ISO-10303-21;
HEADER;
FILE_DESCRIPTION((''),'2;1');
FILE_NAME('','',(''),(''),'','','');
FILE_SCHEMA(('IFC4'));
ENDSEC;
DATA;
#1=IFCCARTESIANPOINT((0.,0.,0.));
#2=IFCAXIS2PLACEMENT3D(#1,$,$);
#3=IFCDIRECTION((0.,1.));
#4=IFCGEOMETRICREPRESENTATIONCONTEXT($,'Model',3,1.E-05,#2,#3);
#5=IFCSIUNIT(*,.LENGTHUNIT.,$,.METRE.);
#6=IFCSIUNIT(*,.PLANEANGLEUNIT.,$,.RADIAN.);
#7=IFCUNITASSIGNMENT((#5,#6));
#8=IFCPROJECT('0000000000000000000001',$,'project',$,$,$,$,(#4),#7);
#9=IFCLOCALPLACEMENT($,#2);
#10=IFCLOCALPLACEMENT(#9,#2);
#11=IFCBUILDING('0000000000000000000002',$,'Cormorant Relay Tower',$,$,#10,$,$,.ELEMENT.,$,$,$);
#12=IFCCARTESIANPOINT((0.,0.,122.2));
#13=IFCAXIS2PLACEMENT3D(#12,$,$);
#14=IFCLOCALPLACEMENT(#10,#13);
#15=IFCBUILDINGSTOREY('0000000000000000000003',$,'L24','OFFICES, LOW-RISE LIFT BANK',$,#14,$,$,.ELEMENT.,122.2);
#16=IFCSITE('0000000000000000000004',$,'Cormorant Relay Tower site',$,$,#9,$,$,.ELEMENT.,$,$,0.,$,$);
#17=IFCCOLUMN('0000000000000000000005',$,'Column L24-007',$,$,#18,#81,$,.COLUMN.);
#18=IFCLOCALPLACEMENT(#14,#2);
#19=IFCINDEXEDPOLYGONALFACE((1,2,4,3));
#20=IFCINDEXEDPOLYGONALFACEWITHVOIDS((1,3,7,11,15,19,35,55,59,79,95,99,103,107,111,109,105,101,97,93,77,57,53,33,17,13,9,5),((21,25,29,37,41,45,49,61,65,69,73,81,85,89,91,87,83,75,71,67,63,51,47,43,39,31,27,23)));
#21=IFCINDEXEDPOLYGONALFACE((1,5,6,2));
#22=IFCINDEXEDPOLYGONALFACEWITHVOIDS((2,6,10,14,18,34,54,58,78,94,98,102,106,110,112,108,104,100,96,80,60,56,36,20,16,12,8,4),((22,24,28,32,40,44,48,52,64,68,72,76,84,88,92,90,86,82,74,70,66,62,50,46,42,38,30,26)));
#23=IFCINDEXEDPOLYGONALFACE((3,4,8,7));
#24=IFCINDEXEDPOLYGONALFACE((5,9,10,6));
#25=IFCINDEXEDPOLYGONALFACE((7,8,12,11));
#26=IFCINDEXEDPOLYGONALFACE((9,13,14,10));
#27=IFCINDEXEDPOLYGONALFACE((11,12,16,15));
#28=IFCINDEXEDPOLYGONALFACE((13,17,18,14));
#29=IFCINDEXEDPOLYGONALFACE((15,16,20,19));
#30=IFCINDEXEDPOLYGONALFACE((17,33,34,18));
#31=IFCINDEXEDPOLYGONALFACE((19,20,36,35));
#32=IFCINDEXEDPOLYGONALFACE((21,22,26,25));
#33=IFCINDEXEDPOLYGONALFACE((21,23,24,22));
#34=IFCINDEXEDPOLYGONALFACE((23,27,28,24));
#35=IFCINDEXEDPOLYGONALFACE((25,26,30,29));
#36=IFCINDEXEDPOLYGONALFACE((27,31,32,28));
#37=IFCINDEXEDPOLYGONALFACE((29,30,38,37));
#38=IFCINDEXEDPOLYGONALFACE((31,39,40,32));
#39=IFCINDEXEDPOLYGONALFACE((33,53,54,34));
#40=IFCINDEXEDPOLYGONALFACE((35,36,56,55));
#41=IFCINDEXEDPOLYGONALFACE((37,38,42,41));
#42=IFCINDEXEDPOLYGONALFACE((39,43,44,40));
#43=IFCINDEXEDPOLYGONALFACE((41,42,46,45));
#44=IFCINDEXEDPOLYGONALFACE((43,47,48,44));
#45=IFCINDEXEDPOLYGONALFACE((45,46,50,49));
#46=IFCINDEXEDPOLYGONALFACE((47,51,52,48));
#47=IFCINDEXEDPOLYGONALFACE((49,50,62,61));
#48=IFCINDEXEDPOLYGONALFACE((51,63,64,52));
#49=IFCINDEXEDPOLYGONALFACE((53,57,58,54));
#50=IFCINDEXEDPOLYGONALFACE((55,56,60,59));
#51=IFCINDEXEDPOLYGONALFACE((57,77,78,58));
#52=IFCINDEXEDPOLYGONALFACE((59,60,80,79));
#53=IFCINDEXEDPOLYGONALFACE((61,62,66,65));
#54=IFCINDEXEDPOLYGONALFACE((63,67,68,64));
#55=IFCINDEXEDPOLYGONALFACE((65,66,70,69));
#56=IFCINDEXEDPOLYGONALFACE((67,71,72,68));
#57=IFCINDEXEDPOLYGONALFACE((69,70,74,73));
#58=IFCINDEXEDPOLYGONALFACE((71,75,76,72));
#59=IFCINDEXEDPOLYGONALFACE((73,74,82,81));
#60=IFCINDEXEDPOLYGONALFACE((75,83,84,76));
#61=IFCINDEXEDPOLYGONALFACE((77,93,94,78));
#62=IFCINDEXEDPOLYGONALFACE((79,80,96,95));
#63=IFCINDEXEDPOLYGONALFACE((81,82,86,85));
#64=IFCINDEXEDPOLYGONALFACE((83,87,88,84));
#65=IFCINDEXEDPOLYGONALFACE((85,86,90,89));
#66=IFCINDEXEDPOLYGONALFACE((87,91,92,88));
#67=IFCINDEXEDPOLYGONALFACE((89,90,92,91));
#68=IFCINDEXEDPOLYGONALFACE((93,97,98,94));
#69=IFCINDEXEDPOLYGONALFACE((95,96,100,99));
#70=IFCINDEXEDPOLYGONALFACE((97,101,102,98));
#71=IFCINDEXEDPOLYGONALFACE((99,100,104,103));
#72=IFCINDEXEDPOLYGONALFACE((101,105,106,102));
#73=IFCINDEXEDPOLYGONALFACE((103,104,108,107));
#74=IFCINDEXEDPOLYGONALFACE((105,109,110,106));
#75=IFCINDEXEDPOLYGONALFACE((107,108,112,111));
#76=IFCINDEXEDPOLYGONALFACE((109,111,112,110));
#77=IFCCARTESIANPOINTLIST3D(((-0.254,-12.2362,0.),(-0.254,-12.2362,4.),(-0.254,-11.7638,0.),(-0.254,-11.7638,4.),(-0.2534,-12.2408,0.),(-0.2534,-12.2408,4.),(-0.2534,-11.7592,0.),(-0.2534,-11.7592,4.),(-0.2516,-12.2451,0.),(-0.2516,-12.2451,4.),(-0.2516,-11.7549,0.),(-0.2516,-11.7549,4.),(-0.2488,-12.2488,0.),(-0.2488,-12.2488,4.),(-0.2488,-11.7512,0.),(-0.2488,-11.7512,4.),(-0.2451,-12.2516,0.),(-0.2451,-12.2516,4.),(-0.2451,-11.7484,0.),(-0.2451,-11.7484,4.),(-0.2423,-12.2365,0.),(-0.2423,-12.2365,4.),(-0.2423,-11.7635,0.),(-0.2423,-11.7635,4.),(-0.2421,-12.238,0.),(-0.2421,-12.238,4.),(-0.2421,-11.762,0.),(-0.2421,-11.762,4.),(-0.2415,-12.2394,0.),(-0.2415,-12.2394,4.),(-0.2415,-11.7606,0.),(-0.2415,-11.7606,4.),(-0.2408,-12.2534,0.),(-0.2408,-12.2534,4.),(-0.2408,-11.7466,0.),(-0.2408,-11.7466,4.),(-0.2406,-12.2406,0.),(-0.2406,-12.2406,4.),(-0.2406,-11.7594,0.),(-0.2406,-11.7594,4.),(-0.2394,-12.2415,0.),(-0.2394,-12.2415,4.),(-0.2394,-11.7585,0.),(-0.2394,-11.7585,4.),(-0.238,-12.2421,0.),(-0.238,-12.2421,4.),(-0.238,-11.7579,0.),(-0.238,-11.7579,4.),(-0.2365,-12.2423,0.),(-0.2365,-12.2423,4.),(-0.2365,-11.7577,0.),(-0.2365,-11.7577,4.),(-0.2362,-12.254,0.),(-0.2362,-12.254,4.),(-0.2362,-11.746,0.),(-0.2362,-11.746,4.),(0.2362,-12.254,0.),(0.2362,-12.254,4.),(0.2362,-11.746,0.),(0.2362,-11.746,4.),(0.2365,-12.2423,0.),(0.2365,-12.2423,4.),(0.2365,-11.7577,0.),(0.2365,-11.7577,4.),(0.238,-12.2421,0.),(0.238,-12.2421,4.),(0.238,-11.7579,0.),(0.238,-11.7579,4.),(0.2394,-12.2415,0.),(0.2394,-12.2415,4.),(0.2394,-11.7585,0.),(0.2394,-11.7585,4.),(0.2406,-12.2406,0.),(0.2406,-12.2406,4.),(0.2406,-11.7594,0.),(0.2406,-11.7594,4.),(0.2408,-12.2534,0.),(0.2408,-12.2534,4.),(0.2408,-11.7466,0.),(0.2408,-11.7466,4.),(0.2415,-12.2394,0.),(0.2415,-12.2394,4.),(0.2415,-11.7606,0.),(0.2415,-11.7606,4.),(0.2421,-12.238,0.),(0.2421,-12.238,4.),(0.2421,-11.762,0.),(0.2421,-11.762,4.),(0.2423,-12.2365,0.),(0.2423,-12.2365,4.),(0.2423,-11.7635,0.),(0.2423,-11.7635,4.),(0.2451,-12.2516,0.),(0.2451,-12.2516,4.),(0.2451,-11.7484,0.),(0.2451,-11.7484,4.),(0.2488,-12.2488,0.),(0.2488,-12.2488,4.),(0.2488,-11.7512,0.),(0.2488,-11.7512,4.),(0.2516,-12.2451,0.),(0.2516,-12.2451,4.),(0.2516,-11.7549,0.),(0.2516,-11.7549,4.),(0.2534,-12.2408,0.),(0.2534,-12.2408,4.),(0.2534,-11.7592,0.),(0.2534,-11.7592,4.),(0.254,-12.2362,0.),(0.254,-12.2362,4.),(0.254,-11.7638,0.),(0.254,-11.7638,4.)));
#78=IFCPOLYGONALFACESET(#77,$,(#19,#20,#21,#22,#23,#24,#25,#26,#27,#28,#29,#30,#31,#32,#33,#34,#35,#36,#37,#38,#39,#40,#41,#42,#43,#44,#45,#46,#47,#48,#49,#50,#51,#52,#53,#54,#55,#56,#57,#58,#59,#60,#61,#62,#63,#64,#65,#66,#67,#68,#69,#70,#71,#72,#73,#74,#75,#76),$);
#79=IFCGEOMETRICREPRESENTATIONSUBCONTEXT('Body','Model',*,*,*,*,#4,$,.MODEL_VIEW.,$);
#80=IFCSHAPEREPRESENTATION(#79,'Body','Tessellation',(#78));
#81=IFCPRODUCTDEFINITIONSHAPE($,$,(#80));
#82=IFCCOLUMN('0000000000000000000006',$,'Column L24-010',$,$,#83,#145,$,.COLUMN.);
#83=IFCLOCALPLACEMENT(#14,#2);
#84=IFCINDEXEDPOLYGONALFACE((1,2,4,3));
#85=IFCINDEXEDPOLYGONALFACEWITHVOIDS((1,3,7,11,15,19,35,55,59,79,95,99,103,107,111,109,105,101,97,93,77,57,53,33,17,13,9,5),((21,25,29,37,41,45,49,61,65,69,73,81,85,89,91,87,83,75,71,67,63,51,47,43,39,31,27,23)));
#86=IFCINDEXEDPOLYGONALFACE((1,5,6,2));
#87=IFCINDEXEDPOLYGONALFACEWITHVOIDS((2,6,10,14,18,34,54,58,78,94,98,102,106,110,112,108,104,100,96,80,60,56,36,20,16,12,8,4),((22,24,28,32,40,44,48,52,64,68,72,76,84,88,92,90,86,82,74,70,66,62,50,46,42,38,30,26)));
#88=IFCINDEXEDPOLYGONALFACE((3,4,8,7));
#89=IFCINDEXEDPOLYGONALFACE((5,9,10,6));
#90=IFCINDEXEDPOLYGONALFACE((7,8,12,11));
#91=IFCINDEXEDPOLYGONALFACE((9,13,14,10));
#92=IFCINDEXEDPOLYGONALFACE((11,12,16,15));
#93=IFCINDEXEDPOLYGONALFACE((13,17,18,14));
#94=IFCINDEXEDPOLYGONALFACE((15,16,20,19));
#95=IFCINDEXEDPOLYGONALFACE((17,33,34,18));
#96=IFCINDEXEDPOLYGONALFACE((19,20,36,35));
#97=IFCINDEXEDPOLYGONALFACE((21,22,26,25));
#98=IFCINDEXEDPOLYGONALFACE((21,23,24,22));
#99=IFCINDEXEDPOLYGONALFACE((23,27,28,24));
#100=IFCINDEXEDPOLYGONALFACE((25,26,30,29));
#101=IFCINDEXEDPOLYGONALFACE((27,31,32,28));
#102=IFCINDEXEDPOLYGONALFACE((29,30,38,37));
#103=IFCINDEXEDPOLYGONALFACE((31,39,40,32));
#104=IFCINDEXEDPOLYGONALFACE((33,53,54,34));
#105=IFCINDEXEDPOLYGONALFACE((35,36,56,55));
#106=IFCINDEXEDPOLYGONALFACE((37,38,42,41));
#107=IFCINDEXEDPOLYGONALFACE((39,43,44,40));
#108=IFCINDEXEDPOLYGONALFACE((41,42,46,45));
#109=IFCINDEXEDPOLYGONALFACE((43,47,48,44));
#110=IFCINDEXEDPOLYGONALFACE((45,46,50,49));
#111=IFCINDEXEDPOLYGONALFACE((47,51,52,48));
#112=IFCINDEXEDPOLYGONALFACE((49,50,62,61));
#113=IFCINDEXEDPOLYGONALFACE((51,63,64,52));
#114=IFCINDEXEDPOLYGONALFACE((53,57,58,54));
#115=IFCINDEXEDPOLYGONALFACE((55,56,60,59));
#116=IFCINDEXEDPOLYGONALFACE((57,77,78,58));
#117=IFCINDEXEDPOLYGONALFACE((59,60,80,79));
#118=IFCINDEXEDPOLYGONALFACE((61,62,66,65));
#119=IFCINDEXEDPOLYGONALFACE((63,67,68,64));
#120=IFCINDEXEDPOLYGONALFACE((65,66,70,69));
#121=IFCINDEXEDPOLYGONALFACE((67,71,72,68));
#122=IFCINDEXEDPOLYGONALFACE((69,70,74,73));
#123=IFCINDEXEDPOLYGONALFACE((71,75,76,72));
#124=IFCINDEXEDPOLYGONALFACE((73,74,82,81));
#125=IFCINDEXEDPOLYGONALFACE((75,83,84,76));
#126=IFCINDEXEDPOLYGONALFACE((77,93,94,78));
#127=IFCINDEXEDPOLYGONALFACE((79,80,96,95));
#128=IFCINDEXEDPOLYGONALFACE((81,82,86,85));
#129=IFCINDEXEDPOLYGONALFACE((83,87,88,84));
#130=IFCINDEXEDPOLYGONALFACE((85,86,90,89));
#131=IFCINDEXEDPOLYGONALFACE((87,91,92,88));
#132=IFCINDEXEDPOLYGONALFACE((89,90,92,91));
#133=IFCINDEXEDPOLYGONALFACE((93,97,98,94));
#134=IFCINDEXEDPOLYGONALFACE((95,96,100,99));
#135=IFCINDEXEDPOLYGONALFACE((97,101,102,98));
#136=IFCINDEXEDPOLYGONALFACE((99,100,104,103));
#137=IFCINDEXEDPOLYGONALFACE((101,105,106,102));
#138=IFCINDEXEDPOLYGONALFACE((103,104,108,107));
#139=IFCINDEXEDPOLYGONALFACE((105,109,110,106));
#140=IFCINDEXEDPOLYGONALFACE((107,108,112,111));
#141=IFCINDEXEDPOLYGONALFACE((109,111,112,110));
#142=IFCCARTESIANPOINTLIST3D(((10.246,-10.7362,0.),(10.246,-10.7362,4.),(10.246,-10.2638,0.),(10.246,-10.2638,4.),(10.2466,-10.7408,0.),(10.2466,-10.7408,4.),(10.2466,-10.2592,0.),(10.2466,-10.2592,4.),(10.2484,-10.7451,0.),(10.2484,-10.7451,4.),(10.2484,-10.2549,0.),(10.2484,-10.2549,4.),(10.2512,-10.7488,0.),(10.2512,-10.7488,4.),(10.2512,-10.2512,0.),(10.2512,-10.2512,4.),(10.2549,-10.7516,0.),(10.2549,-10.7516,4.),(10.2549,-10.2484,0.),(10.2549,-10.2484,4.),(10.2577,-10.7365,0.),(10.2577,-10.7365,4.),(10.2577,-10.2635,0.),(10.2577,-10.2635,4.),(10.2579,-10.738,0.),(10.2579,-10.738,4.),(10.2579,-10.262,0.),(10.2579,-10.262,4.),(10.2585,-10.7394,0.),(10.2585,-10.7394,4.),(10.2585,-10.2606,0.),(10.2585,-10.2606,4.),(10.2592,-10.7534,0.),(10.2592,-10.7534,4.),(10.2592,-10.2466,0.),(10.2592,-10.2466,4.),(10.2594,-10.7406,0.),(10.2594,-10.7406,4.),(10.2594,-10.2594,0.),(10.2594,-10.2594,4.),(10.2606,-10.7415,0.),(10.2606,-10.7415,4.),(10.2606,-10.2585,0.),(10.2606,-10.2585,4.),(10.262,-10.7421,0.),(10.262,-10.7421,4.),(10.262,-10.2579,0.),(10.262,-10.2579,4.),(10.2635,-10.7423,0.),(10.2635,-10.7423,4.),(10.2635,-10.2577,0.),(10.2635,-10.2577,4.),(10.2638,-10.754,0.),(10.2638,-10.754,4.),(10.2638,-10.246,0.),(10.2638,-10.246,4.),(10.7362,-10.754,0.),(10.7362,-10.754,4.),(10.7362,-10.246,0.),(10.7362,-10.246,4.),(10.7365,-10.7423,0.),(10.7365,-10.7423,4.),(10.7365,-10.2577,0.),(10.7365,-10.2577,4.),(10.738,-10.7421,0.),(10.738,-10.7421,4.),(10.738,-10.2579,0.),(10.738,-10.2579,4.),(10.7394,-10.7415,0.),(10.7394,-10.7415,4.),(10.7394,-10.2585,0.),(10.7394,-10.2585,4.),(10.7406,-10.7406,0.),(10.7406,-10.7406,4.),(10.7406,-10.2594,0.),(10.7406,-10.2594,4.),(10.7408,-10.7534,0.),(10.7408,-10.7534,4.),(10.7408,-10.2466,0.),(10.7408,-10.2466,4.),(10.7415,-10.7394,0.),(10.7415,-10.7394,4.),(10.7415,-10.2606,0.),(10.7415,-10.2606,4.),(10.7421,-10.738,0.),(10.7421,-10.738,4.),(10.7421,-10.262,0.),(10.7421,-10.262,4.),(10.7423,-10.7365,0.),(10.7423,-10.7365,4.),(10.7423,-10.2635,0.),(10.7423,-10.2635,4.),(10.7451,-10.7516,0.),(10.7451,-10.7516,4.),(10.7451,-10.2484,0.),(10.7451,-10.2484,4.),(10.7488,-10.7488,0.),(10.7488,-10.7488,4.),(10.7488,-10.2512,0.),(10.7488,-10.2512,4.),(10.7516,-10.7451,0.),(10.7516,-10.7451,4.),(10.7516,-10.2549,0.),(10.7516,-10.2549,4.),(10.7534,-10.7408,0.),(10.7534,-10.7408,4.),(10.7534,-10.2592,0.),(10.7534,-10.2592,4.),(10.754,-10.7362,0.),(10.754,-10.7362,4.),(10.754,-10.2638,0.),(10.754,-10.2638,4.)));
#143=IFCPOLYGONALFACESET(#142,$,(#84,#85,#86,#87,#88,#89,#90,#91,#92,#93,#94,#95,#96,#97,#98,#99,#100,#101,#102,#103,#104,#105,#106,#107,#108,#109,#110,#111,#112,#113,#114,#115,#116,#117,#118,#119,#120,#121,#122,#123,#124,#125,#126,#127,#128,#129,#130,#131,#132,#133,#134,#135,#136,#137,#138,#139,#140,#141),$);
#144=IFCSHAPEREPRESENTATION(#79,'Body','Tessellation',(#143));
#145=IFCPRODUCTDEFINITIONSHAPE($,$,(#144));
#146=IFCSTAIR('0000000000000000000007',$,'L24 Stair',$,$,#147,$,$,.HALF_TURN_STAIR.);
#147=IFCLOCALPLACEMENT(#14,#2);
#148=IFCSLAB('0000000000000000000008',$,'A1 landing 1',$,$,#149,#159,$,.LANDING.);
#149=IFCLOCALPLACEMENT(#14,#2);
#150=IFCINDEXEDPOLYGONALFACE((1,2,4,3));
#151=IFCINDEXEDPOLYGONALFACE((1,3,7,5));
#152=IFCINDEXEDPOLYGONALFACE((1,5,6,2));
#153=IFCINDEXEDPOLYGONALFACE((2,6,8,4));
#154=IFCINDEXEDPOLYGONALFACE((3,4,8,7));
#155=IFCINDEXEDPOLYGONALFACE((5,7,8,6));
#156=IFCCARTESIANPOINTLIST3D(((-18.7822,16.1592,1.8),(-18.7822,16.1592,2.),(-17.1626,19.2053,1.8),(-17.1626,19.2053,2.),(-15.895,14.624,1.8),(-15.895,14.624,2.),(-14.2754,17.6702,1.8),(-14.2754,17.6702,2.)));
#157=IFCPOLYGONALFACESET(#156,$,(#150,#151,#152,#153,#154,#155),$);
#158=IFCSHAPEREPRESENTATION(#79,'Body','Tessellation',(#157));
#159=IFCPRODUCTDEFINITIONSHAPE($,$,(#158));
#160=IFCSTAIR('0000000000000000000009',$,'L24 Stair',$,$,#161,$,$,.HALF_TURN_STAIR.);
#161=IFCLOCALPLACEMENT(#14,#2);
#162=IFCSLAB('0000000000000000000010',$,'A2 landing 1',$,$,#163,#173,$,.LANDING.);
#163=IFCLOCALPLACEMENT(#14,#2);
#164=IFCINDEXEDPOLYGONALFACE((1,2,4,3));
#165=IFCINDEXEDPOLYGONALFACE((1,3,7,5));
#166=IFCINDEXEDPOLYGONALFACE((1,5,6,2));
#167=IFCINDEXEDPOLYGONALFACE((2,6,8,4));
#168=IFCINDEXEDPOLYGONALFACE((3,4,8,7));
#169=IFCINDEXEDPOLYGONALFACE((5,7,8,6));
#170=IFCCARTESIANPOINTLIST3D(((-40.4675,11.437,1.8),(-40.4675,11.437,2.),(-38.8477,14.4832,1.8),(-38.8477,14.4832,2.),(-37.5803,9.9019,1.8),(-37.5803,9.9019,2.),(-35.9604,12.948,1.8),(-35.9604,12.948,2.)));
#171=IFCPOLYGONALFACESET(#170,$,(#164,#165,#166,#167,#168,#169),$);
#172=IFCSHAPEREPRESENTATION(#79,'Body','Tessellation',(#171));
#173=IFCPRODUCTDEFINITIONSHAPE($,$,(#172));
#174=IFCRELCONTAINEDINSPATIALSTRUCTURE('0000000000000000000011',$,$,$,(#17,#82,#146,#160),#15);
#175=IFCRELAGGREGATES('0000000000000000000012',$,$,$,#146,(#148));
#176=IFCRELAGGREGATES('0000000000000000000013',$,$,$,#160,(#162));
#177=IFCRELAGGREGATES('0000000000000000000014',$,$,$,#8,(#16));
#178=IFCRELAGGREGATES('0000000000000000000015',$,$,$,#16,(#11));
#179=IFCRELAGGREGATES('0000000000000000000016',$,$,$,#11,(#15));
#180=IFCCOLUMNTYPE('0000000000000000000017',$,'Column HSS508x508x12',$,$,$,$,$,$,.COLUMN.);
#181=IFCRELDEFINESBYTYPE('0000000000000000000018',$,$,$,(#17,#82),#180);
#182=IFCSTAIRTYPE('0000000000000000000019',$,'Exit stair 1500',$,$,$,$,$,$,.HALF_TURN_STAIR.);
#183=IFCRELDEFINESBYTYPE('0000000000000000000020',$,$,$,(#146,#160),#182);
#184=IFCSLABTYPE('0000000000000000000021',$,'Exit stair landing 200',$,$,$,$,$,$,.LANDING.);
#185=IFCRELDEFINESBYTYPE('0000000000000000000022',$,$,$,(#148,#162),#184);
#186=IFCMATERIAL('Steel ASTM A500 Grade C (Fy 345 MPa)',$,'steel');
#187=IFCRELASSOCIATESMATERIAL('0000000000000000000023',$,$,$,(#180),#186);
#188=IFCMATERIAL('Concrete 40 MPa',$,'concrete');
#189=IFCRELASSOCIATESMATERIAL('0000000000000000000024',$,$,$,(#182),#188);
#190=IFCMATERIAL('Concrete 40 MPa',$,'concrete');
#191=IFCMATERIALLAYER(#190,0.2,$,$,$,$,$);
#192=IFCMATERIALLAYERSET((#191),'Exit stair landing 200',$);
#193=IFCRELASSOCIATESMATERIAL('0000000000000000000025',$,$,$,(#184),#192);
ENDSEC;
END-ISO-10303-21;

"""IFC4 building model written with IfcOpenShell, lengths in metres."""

from ifc_helpers import new_model, si_unit, direction, frame, origin, origin_2d, place, context, subcontext, project, spatial, polyline, hollow_rectangle, outline, extrude, material, layer, layer_set, material_profile, profile_set, type_object, element, aggregate, save


model = new_model("IFC4")

# Units and contexts
model_context = context("Model", 3, precision=1e-05, world=origin(), true_north=direction((0.0, 1.0)))
body_context = subcontext(model_context, "Body", "Model", "MODEL_VIEW")
ifc_project = project(units=[si_unit("LENGTHUNIT", "METRE"), si_unit("PLANEANGLEUNIT", "RADIAN")], contexts=[model_context])

# Site, building, storey
site_placement = place(None, origin())
site = spatial("IfcSite", under=ifc_project, at=site_placement, Name="Cormorant Relay Tower site", CompositionType="ELEMENT", RefElevation=0.0)
building_placement = place(site_placement, origin())
building = spatial("IfcBuilding", under=site, at=building_placement, Name="Cormorant Relay Tower", CompositionType="ELEMENT")
storey_placement = place(building_placement, frame((0.0, 0.0, 122.2)))
storey = spatial("IfcBuildingStorey", under=building, at=storey_placement, Name="L24", Description="OFFICES, LOW-RISE LIFT BANK", CompositionType="ELEMENT", Elevation=122.2)

# Columns
ifc_material_1 = material(Name="Steel ASTM A500 Grade C (Fy 345 MPa)", Category="steel")
ifc_material_profile = material_profile(ifc_material_1, hollow_rectangle(XDim=0.5081, YDim=0.5081, WallThickness=0.0117, InnerFilletRadius=0.0059, OuterFilletRadius=0.0178, at=origin_2d()), Name="HSS508x508x12")
ifc_profile_set = profile_set([ifc_material_profile], Name="Steel ASTM A500 Grade C (Fy 345 MPa)")
column_type = type_object("IfcColumnType", Name="Column HSS508x508x12", PredefinedType="COLUMN", material=ifc_profile_set)
for number, where, z_axis, x_axis, name in (
    (1, (0.0, -12.0, 0.0), (0.0, 0.0, 1.0), (1.0, 0.0, 0.0), "Column L24-007"),
    (2, (10.5, -10.5, 0.0), (0.0, 0.0, 1.0), (1.0, 0.0, 0.0), "Column L24-010"),
):
    element("IfcColumn", number, at=place(storey_placement, frame(where, z_axis=z_axis, x_axis=x_axis)), inside=storey, type_object=column_type, Name=name, PredefinedType="COLUMN", context=body_context, shape_type="SweptSolid", body=[
        extrude(hollow_rectangle(XDim=0.5081, YDim=0.5081, WallThickness=0.0117, InnerFilletRadius=0.0059, OuterFilletRadius=0.0178, at=origin_2d()), origin(), (0.0, 0.0, 1.0), 4.0),
    ])

# Stairs, slabs
ifc_material_2 = material(Name="Concrete 40 MPa", Category="concrete")
stair_type = type_object("IfcStairType", Name="Exit stair 1500", PredefinedType="HALF_TURN_STAIR", material=ifc_material_2)
stair_1_placement = place(storey_placement, origin())
stair_1 = element("IfcStair", 3, at=stair_1_placement, inside=storey, type_object=stair_type, Name="L24 Stair", PredefinedType="HALF_TURN_STAIR")
ifc_material_3 = material(Name="Concrete 40 MPa", Category="concrete")
ifc_layer_1 = layer(ifc_material_3, 0.2)
ifc_layer_set_1 = layer_set([ifc_layer_1], Name="Exit stair landing 200")
slab_type_1 = type_object("IfcSlabType", Name="Exit stair landing 200", PredefinedType="LANDING", material=ifc_layer_set_1)
slab_1_placement = place(storey_placement, frame((0.0, 0.0, 1.8)))
slab_1 = element("IfcSlab", 4, at=slab_1_placement, type_object=slab_type_1, Name="A1 landing 1", PredefinedType="LANDING", context=body_context, shape_type="SweptSolid", body=[
    extrude(outline(polyline([(-18.7822, 16.1592), (-15.895, 14.624), (-14.2754, 17.6702), (-17.1626, 19.2053), (-18.7822, 16.1592)])), origin(), (0.0, 0.0, 1.0), 0.2),
])
aggregate(stair_1, [slab_1])
stair_2_placement = place(storey_placement, origin())
stair_2 = element("IfcStair", 5, at=stair_2_placement, inside=storey, type_object=stair_type, Name="L24 Stair", PredefinedType="HALF_TURN_STAIR")
slab_2_placement = place(storey_placement, frame((0.0, 0.0, 1.8)))
slab_2 = element("IfcSlab", 6, at=slab_2_placement, type_object=slab_type_1, Name="A2 landing 1", PredefinedType="LANDING", context=body_context, shape_type="SweptSolid", body=[
    extrude(outline(polyline([(-35.9604, 12.948), (-38.8477, 14.4832), (-40.4675, 11.437), (-37.5803, 9.9019), (-35.9604, 12.948)])), origin(), (0.0, 0.0, 1.0), 0.2),
])
aggregate(stair_2, [slab_2])

save(model, "model.ifc")
